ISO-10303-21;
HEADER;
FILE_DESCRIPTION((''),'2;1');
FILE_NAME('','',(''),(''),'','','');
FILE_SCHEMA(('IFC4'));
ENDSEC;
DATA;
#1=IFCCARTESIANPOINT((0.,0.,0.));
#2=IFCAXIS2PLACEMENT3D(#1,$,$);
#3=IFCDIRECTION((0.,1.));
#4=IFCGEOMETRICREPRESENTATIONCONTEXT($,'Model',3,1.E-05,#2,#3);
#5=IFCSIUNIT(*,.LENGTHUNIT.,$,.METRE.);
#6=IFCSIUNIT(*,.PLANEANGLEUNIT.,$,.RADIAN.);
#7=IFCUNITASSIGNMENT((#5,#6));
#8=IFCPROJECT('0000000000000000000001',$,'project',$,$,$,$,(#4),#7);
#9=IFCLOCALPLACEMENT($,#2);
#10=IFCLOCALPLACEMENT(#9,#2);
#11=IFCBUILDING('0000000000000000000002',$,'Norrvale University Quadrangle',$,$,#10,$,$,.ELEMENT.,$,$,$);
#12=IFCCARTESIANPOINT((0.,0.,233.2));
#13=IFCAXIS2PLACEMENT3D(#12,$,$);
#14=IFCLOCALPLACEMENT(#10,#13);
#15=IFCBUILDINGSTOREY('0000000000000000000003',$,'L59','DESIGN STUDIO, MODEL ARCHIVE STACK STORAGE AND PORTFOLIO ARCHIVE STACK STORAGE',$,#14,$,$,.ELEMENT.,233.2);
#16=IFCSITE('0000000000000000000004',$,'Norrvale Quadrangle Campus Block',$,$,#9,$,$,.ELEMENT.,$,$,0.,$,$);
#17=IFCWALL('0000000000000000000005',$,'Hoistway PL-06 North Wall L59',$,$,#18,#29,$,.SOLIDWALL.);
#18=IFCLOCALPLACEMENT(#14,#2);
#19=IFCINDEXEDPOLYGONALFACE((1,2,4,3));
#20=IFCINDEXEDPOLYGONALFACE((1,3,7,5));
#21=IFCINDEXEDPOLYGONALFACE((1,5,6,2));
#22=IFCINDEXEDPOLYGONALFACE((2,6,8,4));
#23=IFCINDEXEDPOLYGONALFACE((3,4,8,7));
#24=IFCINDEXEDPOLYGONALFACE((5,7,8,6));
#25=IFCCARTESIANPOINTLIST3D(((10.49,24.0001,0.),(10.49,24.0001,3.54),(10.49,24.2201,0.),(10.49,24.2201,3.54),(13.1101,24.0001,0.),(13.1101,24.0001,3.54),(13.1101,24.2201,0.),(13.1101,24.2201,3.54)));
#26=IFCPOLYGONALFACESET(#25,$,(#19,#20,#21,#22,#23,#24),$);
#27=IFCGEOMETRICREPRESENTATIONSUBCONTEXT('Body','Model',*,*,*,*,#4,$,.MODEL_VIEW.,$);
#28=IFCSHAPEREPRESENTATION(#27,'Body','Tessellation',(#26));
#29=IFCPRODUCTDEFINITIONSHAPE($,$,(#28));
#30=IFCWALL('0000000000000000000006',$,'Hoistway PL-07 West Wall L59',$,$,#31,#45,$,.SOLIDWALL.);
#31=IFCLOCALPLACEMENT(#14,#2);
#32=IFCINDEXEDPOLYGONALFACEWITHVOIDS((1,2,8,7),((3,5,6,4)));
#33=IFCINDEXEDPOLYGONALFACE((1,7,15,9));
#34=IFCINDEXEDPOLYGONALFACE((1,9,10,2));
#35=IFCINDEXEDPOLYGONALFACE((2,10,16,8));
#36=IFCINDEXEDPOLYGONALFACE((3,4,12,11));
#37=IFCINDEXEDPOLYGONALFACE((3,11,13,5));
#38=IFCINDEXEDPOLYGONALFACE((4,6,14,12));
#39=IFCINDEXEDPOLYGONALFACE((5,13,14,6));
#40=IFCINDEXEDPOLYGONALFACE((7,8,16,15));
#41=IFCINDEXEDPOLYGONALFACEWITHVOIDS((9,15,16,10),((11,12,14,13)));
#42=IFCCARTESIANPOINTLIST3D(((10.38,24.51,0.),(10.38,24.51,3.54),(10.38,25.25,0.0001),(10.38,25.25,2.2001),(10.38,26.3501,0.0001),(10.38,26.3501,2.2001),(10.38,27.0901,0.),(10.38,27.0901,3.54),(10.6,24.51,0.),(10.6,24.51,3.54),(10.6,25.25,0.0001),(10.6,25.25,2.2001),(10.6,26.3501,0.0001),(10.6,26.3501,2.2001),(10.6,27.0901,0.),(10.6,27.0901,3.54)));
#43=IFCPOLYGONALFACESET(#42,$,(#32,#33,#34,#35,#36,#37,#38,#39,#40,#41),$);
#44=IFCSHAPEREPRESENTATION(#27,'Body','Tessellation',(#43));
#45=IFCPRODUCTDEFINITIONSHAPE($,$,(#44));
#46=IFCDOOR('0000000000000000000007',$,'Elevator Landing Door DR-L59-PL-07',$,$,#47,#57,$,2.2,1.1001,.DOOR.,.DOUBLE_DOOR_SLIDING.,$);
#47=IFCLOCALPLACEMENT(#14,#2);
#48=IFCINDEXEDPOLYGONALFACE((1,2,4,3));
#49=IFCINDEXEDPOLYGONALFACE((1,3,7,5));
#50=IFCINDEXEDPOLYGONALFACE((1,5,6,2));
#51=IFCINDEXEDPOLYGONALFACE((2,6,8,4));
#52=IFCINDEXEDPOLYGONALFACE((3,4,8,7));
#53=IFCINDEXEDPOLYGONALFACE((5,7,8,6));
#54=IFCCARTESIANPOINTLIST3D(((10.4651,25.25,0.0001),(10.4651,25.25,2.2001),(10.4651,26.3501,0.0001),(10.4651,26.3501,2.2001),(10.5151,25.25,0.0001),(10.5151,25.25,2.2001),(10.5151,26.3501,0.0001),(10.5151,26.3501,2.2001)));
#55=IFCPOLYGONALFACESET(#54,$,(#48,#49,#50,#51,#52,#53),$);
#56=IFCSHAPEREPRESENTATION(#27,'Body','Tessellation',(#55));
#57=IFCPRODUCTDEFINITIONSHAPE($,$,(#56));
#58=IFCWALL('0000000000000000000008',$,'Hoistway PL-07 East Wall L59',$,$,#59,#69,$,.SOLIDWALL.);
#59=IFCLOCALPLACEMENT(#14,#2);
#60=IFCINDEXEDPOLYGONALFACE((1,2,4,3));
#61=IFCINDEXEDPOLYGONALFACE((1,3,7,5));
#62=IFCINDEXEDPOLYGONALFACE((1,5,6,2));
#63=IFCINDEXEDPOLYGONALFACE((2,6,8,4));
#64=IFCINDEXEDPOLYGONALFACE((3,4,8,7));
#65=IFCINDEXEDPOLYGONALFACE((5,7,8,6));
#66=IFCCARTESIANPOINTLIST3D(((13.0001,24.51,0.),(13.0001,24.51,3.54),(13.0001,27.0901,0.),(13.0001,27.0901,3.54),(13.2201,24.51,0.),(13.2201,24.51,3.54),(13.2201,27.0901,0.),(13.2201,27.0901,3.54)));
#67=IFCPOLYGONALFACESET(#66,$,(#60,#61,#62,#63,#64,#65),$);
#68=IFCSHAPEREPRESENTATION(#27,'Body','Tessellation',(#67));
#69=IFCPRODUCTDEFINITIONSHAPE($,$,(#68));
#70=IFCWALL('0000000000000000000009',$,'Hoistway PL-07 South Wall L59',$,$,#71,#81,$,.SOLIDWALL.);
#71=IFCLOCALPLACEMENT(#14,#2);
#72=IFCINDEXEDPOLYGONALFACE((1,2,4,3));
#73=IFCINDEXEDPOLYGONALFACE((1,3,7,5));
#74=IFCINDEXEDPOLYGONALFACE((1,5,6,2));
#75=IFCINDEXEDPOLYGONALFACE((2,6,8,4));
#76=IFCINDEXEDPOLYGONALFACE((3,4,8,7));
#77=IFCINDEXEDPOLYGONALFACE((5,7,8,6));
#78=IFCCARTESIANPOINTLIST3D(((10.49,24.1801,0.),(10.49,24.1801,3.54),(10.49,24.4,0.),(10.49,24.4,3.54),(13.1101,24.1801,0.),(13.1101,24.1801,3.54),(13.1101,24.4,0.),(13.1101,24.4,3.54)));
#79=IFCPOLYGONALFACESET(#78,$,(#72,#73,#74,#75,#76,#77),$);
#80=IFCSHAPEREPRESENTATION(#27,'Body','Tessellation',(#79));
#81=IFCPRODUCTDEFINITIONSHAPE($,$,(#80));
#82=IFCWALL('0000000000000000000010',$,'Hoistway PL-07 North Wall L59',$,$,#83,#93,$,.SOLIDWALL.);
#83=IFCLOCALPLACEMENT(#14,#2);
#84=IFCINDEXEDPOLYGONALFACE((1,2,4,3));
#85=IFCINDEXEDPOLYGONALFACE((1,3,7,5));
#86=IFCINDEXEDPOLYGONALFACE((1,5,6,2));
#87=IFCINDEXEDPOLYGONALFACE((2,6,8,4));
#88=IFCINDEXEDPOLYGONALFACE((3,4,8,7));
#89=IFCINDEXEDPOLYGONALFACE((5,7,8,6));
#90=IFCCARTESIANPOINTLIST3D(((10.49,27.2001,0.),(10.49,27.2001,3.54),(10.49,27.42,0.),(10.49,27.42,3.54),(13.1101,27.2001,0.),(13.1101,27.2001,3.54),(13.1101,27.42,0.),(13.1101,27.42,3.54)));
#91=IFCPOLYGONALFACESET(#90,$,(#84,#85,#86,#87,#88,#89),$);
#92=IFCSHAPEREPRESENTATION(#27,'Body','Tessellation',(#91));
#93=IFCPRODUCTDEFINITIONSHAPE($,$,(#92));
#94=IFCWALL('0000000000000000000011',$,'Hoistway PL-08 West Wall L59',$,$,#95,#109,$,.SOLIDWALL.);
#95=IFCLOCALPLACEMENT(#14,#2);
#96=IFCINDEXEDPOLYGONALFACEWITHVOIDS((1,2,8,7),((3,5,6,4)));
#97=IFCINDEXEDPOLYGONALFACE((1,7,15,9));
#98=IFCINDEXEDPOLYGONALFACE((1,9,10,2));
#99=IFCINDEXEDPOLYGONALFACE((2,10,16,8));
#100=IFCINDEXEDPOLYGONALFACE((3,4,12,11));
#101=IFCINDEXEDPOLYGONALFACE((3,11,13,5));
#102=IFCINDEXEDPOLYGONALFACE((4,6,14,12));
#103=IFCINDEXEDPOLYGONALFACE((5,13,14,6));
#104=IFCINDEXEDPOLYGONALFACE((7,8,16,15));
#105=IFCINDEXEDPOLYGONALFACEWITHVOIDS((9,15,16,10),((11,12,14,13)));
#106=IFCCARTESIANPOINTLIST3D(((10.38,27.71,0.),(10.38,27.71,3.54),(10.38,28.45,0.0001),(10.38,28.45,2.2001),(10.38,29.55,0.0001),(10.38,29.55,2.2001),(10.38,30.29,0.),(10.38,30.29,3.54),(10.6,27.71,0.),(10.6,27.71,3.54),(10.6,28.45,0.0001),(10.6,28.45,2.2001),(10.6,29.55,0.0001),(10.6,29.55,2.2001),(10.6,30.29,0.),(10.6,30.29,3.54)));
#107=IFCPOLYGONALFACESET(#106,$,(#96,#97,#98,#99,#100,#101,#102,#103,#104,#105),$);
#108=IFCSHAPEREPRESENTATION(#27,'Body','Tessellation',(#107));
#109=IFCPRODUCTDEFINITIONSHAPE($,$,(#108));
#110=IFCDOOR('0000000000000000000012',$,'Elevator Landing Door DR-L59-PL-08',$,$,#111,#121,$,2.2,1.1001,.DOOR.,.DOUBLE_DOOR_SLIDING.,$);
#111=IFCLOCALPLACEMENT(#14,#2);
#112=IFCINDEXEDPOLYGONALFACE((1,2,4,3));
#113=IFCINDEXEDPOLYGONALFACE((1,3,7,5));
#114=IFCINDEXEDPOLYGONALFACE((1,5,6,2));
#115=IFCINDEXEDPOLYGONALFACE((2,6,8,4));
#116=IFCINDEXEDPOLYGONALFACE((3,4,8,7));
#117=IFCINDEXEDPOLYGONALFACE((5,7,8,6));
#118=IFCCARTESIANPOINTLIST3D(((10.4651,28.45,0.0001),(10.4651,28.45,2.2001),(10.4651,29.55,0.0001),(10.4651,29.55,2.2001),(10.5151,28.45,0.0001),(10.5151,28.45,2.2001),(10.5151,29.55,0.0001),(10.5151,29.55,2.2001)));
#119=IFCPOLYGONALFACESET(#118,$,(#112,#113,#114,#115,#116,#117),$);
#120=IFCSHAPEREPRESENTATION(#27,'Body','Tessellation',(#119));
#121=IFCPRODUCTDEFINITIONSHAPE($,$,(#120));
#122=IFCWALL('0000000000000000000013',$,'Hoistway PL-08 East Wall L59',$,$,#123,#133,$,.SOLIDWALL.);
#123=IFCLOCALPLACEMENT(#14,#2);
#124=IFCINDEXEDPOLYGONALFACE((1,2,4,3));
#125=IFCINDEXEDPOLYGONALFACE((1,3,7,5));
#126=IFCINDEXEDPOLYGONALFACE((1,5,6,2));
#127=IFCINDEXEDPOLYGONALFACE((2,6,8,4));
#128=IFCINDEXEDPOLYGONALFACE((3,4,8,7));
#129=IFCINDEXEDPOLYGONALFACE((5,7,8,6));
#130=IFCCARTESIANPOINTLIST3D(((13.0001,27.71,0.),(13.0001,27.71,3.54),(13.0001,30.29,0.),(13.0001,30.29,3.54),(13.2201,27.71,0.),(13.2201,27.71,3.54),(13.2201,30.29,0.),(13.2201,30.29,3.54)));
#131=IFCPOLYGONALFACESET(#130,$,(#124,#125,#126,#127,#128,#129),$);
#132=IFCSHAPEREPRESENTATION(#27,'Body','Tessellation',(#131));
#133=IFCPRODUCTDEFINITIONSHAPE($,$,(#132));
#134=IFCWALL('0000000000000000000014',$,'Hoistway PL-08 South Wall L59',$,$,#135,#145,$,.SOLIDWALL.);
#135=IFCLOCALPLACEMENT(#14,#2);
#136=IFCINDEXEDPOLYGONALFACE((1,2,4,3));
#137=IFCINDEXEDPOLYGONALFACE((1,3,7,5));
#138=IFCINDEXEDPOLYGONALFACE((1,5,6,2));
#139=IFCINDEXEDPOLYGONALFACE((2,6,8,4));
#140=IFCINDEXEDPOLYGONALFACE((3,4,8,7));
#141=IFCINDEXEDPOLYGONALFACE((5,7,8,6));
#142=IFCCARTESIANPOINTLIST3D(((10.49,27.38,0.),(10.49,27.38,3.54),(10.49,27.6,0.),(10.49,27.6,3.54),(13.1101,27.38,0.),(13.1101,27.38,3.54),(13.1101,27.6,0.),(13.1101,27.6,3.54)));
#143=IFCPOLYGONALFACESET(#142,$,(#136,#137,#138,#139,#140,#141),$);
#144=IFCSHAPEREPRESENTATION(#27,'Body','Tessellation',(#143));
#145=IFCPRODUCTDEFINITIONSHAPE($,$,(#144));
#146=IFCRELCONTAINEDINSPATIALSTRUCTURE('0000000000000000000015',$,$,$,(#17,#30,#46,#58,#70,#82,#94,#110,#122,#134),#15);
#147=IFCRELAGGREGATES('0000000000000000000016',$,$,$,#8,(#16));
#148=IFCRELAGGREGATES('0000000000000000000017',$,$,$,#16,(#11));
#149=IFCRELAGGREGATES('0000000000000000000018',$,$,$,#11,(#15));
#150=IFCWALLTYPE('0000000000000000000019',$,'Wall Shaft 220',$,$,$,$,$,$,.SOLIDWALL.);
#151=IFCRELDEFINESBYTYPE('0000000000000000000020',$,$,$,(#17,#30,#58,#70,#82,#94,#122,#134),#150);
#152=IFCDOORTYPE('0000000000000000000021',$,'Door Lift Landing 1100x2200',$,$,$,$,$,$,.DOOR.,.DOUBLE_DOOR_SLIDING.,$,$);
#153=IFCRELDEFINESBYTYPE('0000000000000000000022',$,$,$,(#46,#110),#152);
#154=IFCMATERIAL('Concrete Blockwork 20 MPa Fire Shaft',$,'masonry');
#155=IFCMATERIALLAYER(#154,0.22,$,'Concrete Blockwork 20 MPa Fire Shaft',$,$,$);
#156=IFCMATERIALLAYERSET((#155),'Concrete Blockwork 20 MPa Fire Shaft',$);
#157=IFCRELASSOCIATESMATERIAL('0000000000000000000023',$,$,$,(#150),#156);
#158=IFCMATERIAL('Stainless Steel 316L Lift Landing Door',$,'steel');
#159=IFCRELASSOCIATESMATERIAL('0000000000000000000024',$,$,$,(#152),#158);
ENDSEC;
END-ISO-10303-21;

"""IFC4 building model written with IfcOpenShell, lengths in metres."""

from ifc_helpers import new_model, si_unit, direction, frame, frame_2d, origin, place, context, subcontext, project, spatial, rectangle, extrude, material, layer, layer_set, type_object, element, fill, save


model = new_model("IFC4")

# Units and contexts
model_context = context("Model", 3, precision=1e-05, world=origin(), true_north=direction((0.0, 1.0)))
body_context = subcontext(model_context, "Body", "Model", "MODEL_VIEW")
ifc_project = project(units=[si_unit("LENGTHUNIT", "METRE"), si_unit("PLANEANGLEUNIT", "RADIAN")], contexts=[model_context])

# Site, building, storey
site_placement = place(None, origin())
site = spatial("IfcSite", under=ifc_project, at=site_placement, Name="Norrvale Quadrangle Campus Block", CompositionType="ELEMENT", RefElevation=0.0)
building_placement = place(site_placement, origin())
building = spatial("IfcBuilding", under=site, at=building_placement, Name="Norrvale University Quadrangle", CompositionType="ELEMENT")
storey_placement = place(building_placement, frame((0.0, 0.0, 233.2)))
storey = spatial("IfcBuildingStorey", under=building, at=storey_placement, Name="L59", Description="DESIGN STUDIO, MODEL ARCHIVE STACK STORAGE AND PORTFOLIO ARCHIVE STACK STORAGE", CompositionType="ELEMENT", Elevation=233.2)

# Shared definitions
ifc_material_1 = material(Name="Concrete Blockwork 20 MPa Fire Shaft", Category="masonry")
ifc_layer_1 = layer(ifc_material_1, 0.22, Name="Concrete Blockwork 20 MPa Fire Shaft")
ifc_layer_set_1 = layer_set([ifc_layer_1], Name="Concrete Blockwork 20 MPa Fire Shaft")
wall_type_1 = type_object("IfcWallType", Name="Wall Shaft 220", PredefinedType="SOLIDWALL", material=ifc_layer_set_1)

# Shared definitions
ifc_material_2 = material(Name="Stainless Steel 316L Lift Landing Door", Category="steel")
door_type_1 = type_object("IfcDoorType", Name="Door Lift Landing 1100x2200", OperationType="DOUBLE_DOOR_SLIDING", PredefinedType="DOOR", material=ifc_material_2)

# Wall
for number, where, z_axis, x_axis, name in (
    (1, (10.49, 24.1101, 0.0), (0.0, 0.0, 1.0), (1.0, 0.0, 0.0), "Hoistway PL-06 North Wall L59"),
):
    element("IfcWall", number, at=place(storey_placement, frame(where, z_axis=z_axis, x_axis=x_axis)), inside=storey, type_object=wall_type_1, Name=name, PredefinedType="SOLIDWALL", context=body_context, shape_type="SweptSolid", body=[
        extrude(rectangle(XDim=2.6201, YDim=0.22, at=frame_2d((1.3101, 0.0))), origin(), (0.0, 0.0, 1.0), 3.54),
    ])

# Wall, opening, door
wall_1_placement = place(storey_placement, frame((10.49, 24.51, 0.0), z_axis=(0.0, 0.0, 1.0), x_axis=(0.0, 1.0, 0.0)))
wall_1 = element("IfcWall", 2, at=wall_1_placement, inside=storey, type_object=wall_type_1, Name="Hoistway PL-07 West Wall L59", PredefinedType="SOLIDWALL", context=body_context, shape_type="SweptSolid", body=[
    extrude(rectangle(XDim=2.5801, YDim=0.22, at=frame_2d((1.29, 0.0))), origin(), (0.0, 0.0, 1.0), 3.54),
])
opening_1_placement = place(wall_1_placement, frame((0.74, 0.0, 0.0)))
opening_1 = element("IfcOpeningElement", 3, at=opening_1_placement, cuts=wall_1, PredefinedType="OPENING", context=body_context, shape_type="SweptSolid", body=[
    extrude(rectangle(XDim=1.1001, YDim=2.2, at=frame_2d((0.55, 1.1001))), frame((0.0, 0.1221, 0.0), z_axis=(0.0, -1.0, 0.0), x_axis=(1.0, 0.0, 0.0)), (0.0, 0.0, 1.0), 0.2439),
])
door_1_placement = place(opening_1_placement, origin())
door_1 = element("IfcDoor", 4, at=door_1_placement, inside=storey, type_object=door_type_1, Name="Elevator Landing Door DR-L59-PL-07", OperationType="DOUBLE_DOOR_SLIDING", OverallHeight=2.2, OverallWidth=1.1001, PredefinedType="DOOR", context=body_context, shape_type="SweptSolid", body=[
    extrude(rectangle(XDim=1.1001, YDim=2.2, at=frame_2d((0.55, 1.1001))), frame((0.0, 0.0249, 0.0), z_axis=(0.0, -1.0, 0.0), x_axis=(1.0, 0.0, 0.0)), (0.0, 0.0, 1.0), 0.05),
])
fill(opening_1, door_1)

# Walls
wall_2_placement = place(storey_placement, frame((13.1101, 24.51, 0.0), z_axis=(0.0, 0.0, 1.0), x_axis=(0.0, 1.0, 0.0)))
element("IfcWall", 5, at=wall_2_placement, inside=storey, type_object=wall_type_1, Name="Hoistway PL-07 East Wall L59", PredefinedType="SOLIDWALL", context=body_context, shape_type="SweptSolid", body=[
    extrude(rectangle(XDim=2.5801, YDim=0.22, at=frame_2d((1.29, 0.0))), origin(), (0.0, 0.0, 1.0), 3.54),
])
for number, where, z_axis, x_axis, name in (
    (6, (10.49, 24.29, 0.0), (0.0, 0.0, 1.0), (1.0, 0.0, 0.0), "Hoistway PL-07 South Wall L59"),
    (7, (10.49, 27.3101, 0.0), (0.0, 0.0, 1.0), (1.0, 0.0, 0.0), "Hoistway PL-07 North Wall L59"),
):
    element("IfcWall", number, at=place(storey_placement, frame(where, z_axis=z_axis, x_axis=x_axis)), inside=storey, type_object=wall_type_1, Name=name, PredefinedType="SOLIDWALL", context=body_context, shape_type="SweptSolid", body=[
        extrude(rectangle(XDim=2.6201, YDim=0.22, at=frame_2d((1.3101, 0.0))), origin(), (0.0, 0.0, 1.0), 3.54),
    ])

# Wall, opening, door
wall_3_placement = place(storey_placement, frame((10.49, 27.71, 0.0), z_axis=(0.0, 0.0, 1.0), x_axis=(0.0, 1.0, 0.0)))
wall_3 = element("IfcWall", 8, at=wall_3_placement, inside=storey, type_object=wall_type_1, Name="Hoistway PL-08 West Wall L59", PredefinedType="SOLIDWALL", context=body_context, shape_type="SweptSolid", body=[
    extrude(rectangle(XDim=2.5801, YDim=0.22, at=frame_2d((1.29, 0.0))), origin(), (0.0, 0.0, 1.0), 3.54),
])
opening_2_placement = place(wall_3_placement, frame((0.74, 0.0, 0.0)))
opening_2 = element("IfcOpeningElement", 9, at=opening_2_placement, cuts=wall_3, PredefinedType="OPENING", context=body_context, shape_type="SweptSolid", body=[
    extrude(rectangle(XDim=1.1001, YDim=2.2, at=frame_2d((0.55, 1.1001))), frame((0.0, 0.1221, 0.0), z_axis=(0.0, -1.0, 0.0), x_axis=(1.0, 0.0, 0.0)), (0.0, 0.0, 1.0), 0.2439),
])
door_2_placement = place(opening_2_placement, origin())
door_2 = element("IfcDoor", 10, at=door_2_placement, inside=storey, type_object=door_type_1, Name="Elevator Landing Door DR-L59-PL-08", OperationType="DOUBLE_DOOR_SLIDING", OverallHeight=2.2, OverallWidth=1.1001, PredefinedType="DOOR", context=body_context, shape_type="SweptSolid", body=[
    extrude(rectangle(XDim=1.1001, YDim=2.2, at=frame_2d((0.55, 1.1001))), frame((0.0, 0.0249, 0.0), z_axis=(0.0, -1.0, 0.0), x_axis=(1.0, 0.0, 0.0)), (0.0, 0.0, 1.0), 0.05),
])
fill(opening_2, door_2)

# Walls
wall_4_placement = place(storey_placement, frame((13.1101, 27.71, 0.0), z_axis=(0.0, 0.0, 1.0), x_axis=(0.0, 1.0, 0.0)))
element("IfcWall", 11, at=wall_4_placement, inside=storey, type_object=wall_type_1, Name="Hoistway PL-08 East Wall L59", PredefinedType="SOLIDWALL", context=body_context, shape_type="SweptSolid", body=[
    extrude(rectangle(XDim=2.5801, YDim=0.22, at=frame_2d((1.29, 0.0))), origin(), (0.0, 0.0, 1.0), 3.54),
])
wall_5_placement = place(storey_placement, frame((10.49, 27.49, 0.0), z_axis=(0.0, 0.0, 1.0), x_axis=(1.0, 0.0, 0.0)))
element("IfcWall", 12, at=wall_5_placement, inside=storey, type_object=wall_type_1, Name="Hoistway PL-08 South Wall L59", PredefinedType="SOLIDWALL", context=body_context, shape_type="SweptSolid", body=[
    extrude(rectangle(XDim=2.6201, YDim=0.22, at=frame_2d((1.3101, 0.0))), origin(), (0.0, 0.0, 1.0), 3.54),
])

save(model, "model.ifc")
